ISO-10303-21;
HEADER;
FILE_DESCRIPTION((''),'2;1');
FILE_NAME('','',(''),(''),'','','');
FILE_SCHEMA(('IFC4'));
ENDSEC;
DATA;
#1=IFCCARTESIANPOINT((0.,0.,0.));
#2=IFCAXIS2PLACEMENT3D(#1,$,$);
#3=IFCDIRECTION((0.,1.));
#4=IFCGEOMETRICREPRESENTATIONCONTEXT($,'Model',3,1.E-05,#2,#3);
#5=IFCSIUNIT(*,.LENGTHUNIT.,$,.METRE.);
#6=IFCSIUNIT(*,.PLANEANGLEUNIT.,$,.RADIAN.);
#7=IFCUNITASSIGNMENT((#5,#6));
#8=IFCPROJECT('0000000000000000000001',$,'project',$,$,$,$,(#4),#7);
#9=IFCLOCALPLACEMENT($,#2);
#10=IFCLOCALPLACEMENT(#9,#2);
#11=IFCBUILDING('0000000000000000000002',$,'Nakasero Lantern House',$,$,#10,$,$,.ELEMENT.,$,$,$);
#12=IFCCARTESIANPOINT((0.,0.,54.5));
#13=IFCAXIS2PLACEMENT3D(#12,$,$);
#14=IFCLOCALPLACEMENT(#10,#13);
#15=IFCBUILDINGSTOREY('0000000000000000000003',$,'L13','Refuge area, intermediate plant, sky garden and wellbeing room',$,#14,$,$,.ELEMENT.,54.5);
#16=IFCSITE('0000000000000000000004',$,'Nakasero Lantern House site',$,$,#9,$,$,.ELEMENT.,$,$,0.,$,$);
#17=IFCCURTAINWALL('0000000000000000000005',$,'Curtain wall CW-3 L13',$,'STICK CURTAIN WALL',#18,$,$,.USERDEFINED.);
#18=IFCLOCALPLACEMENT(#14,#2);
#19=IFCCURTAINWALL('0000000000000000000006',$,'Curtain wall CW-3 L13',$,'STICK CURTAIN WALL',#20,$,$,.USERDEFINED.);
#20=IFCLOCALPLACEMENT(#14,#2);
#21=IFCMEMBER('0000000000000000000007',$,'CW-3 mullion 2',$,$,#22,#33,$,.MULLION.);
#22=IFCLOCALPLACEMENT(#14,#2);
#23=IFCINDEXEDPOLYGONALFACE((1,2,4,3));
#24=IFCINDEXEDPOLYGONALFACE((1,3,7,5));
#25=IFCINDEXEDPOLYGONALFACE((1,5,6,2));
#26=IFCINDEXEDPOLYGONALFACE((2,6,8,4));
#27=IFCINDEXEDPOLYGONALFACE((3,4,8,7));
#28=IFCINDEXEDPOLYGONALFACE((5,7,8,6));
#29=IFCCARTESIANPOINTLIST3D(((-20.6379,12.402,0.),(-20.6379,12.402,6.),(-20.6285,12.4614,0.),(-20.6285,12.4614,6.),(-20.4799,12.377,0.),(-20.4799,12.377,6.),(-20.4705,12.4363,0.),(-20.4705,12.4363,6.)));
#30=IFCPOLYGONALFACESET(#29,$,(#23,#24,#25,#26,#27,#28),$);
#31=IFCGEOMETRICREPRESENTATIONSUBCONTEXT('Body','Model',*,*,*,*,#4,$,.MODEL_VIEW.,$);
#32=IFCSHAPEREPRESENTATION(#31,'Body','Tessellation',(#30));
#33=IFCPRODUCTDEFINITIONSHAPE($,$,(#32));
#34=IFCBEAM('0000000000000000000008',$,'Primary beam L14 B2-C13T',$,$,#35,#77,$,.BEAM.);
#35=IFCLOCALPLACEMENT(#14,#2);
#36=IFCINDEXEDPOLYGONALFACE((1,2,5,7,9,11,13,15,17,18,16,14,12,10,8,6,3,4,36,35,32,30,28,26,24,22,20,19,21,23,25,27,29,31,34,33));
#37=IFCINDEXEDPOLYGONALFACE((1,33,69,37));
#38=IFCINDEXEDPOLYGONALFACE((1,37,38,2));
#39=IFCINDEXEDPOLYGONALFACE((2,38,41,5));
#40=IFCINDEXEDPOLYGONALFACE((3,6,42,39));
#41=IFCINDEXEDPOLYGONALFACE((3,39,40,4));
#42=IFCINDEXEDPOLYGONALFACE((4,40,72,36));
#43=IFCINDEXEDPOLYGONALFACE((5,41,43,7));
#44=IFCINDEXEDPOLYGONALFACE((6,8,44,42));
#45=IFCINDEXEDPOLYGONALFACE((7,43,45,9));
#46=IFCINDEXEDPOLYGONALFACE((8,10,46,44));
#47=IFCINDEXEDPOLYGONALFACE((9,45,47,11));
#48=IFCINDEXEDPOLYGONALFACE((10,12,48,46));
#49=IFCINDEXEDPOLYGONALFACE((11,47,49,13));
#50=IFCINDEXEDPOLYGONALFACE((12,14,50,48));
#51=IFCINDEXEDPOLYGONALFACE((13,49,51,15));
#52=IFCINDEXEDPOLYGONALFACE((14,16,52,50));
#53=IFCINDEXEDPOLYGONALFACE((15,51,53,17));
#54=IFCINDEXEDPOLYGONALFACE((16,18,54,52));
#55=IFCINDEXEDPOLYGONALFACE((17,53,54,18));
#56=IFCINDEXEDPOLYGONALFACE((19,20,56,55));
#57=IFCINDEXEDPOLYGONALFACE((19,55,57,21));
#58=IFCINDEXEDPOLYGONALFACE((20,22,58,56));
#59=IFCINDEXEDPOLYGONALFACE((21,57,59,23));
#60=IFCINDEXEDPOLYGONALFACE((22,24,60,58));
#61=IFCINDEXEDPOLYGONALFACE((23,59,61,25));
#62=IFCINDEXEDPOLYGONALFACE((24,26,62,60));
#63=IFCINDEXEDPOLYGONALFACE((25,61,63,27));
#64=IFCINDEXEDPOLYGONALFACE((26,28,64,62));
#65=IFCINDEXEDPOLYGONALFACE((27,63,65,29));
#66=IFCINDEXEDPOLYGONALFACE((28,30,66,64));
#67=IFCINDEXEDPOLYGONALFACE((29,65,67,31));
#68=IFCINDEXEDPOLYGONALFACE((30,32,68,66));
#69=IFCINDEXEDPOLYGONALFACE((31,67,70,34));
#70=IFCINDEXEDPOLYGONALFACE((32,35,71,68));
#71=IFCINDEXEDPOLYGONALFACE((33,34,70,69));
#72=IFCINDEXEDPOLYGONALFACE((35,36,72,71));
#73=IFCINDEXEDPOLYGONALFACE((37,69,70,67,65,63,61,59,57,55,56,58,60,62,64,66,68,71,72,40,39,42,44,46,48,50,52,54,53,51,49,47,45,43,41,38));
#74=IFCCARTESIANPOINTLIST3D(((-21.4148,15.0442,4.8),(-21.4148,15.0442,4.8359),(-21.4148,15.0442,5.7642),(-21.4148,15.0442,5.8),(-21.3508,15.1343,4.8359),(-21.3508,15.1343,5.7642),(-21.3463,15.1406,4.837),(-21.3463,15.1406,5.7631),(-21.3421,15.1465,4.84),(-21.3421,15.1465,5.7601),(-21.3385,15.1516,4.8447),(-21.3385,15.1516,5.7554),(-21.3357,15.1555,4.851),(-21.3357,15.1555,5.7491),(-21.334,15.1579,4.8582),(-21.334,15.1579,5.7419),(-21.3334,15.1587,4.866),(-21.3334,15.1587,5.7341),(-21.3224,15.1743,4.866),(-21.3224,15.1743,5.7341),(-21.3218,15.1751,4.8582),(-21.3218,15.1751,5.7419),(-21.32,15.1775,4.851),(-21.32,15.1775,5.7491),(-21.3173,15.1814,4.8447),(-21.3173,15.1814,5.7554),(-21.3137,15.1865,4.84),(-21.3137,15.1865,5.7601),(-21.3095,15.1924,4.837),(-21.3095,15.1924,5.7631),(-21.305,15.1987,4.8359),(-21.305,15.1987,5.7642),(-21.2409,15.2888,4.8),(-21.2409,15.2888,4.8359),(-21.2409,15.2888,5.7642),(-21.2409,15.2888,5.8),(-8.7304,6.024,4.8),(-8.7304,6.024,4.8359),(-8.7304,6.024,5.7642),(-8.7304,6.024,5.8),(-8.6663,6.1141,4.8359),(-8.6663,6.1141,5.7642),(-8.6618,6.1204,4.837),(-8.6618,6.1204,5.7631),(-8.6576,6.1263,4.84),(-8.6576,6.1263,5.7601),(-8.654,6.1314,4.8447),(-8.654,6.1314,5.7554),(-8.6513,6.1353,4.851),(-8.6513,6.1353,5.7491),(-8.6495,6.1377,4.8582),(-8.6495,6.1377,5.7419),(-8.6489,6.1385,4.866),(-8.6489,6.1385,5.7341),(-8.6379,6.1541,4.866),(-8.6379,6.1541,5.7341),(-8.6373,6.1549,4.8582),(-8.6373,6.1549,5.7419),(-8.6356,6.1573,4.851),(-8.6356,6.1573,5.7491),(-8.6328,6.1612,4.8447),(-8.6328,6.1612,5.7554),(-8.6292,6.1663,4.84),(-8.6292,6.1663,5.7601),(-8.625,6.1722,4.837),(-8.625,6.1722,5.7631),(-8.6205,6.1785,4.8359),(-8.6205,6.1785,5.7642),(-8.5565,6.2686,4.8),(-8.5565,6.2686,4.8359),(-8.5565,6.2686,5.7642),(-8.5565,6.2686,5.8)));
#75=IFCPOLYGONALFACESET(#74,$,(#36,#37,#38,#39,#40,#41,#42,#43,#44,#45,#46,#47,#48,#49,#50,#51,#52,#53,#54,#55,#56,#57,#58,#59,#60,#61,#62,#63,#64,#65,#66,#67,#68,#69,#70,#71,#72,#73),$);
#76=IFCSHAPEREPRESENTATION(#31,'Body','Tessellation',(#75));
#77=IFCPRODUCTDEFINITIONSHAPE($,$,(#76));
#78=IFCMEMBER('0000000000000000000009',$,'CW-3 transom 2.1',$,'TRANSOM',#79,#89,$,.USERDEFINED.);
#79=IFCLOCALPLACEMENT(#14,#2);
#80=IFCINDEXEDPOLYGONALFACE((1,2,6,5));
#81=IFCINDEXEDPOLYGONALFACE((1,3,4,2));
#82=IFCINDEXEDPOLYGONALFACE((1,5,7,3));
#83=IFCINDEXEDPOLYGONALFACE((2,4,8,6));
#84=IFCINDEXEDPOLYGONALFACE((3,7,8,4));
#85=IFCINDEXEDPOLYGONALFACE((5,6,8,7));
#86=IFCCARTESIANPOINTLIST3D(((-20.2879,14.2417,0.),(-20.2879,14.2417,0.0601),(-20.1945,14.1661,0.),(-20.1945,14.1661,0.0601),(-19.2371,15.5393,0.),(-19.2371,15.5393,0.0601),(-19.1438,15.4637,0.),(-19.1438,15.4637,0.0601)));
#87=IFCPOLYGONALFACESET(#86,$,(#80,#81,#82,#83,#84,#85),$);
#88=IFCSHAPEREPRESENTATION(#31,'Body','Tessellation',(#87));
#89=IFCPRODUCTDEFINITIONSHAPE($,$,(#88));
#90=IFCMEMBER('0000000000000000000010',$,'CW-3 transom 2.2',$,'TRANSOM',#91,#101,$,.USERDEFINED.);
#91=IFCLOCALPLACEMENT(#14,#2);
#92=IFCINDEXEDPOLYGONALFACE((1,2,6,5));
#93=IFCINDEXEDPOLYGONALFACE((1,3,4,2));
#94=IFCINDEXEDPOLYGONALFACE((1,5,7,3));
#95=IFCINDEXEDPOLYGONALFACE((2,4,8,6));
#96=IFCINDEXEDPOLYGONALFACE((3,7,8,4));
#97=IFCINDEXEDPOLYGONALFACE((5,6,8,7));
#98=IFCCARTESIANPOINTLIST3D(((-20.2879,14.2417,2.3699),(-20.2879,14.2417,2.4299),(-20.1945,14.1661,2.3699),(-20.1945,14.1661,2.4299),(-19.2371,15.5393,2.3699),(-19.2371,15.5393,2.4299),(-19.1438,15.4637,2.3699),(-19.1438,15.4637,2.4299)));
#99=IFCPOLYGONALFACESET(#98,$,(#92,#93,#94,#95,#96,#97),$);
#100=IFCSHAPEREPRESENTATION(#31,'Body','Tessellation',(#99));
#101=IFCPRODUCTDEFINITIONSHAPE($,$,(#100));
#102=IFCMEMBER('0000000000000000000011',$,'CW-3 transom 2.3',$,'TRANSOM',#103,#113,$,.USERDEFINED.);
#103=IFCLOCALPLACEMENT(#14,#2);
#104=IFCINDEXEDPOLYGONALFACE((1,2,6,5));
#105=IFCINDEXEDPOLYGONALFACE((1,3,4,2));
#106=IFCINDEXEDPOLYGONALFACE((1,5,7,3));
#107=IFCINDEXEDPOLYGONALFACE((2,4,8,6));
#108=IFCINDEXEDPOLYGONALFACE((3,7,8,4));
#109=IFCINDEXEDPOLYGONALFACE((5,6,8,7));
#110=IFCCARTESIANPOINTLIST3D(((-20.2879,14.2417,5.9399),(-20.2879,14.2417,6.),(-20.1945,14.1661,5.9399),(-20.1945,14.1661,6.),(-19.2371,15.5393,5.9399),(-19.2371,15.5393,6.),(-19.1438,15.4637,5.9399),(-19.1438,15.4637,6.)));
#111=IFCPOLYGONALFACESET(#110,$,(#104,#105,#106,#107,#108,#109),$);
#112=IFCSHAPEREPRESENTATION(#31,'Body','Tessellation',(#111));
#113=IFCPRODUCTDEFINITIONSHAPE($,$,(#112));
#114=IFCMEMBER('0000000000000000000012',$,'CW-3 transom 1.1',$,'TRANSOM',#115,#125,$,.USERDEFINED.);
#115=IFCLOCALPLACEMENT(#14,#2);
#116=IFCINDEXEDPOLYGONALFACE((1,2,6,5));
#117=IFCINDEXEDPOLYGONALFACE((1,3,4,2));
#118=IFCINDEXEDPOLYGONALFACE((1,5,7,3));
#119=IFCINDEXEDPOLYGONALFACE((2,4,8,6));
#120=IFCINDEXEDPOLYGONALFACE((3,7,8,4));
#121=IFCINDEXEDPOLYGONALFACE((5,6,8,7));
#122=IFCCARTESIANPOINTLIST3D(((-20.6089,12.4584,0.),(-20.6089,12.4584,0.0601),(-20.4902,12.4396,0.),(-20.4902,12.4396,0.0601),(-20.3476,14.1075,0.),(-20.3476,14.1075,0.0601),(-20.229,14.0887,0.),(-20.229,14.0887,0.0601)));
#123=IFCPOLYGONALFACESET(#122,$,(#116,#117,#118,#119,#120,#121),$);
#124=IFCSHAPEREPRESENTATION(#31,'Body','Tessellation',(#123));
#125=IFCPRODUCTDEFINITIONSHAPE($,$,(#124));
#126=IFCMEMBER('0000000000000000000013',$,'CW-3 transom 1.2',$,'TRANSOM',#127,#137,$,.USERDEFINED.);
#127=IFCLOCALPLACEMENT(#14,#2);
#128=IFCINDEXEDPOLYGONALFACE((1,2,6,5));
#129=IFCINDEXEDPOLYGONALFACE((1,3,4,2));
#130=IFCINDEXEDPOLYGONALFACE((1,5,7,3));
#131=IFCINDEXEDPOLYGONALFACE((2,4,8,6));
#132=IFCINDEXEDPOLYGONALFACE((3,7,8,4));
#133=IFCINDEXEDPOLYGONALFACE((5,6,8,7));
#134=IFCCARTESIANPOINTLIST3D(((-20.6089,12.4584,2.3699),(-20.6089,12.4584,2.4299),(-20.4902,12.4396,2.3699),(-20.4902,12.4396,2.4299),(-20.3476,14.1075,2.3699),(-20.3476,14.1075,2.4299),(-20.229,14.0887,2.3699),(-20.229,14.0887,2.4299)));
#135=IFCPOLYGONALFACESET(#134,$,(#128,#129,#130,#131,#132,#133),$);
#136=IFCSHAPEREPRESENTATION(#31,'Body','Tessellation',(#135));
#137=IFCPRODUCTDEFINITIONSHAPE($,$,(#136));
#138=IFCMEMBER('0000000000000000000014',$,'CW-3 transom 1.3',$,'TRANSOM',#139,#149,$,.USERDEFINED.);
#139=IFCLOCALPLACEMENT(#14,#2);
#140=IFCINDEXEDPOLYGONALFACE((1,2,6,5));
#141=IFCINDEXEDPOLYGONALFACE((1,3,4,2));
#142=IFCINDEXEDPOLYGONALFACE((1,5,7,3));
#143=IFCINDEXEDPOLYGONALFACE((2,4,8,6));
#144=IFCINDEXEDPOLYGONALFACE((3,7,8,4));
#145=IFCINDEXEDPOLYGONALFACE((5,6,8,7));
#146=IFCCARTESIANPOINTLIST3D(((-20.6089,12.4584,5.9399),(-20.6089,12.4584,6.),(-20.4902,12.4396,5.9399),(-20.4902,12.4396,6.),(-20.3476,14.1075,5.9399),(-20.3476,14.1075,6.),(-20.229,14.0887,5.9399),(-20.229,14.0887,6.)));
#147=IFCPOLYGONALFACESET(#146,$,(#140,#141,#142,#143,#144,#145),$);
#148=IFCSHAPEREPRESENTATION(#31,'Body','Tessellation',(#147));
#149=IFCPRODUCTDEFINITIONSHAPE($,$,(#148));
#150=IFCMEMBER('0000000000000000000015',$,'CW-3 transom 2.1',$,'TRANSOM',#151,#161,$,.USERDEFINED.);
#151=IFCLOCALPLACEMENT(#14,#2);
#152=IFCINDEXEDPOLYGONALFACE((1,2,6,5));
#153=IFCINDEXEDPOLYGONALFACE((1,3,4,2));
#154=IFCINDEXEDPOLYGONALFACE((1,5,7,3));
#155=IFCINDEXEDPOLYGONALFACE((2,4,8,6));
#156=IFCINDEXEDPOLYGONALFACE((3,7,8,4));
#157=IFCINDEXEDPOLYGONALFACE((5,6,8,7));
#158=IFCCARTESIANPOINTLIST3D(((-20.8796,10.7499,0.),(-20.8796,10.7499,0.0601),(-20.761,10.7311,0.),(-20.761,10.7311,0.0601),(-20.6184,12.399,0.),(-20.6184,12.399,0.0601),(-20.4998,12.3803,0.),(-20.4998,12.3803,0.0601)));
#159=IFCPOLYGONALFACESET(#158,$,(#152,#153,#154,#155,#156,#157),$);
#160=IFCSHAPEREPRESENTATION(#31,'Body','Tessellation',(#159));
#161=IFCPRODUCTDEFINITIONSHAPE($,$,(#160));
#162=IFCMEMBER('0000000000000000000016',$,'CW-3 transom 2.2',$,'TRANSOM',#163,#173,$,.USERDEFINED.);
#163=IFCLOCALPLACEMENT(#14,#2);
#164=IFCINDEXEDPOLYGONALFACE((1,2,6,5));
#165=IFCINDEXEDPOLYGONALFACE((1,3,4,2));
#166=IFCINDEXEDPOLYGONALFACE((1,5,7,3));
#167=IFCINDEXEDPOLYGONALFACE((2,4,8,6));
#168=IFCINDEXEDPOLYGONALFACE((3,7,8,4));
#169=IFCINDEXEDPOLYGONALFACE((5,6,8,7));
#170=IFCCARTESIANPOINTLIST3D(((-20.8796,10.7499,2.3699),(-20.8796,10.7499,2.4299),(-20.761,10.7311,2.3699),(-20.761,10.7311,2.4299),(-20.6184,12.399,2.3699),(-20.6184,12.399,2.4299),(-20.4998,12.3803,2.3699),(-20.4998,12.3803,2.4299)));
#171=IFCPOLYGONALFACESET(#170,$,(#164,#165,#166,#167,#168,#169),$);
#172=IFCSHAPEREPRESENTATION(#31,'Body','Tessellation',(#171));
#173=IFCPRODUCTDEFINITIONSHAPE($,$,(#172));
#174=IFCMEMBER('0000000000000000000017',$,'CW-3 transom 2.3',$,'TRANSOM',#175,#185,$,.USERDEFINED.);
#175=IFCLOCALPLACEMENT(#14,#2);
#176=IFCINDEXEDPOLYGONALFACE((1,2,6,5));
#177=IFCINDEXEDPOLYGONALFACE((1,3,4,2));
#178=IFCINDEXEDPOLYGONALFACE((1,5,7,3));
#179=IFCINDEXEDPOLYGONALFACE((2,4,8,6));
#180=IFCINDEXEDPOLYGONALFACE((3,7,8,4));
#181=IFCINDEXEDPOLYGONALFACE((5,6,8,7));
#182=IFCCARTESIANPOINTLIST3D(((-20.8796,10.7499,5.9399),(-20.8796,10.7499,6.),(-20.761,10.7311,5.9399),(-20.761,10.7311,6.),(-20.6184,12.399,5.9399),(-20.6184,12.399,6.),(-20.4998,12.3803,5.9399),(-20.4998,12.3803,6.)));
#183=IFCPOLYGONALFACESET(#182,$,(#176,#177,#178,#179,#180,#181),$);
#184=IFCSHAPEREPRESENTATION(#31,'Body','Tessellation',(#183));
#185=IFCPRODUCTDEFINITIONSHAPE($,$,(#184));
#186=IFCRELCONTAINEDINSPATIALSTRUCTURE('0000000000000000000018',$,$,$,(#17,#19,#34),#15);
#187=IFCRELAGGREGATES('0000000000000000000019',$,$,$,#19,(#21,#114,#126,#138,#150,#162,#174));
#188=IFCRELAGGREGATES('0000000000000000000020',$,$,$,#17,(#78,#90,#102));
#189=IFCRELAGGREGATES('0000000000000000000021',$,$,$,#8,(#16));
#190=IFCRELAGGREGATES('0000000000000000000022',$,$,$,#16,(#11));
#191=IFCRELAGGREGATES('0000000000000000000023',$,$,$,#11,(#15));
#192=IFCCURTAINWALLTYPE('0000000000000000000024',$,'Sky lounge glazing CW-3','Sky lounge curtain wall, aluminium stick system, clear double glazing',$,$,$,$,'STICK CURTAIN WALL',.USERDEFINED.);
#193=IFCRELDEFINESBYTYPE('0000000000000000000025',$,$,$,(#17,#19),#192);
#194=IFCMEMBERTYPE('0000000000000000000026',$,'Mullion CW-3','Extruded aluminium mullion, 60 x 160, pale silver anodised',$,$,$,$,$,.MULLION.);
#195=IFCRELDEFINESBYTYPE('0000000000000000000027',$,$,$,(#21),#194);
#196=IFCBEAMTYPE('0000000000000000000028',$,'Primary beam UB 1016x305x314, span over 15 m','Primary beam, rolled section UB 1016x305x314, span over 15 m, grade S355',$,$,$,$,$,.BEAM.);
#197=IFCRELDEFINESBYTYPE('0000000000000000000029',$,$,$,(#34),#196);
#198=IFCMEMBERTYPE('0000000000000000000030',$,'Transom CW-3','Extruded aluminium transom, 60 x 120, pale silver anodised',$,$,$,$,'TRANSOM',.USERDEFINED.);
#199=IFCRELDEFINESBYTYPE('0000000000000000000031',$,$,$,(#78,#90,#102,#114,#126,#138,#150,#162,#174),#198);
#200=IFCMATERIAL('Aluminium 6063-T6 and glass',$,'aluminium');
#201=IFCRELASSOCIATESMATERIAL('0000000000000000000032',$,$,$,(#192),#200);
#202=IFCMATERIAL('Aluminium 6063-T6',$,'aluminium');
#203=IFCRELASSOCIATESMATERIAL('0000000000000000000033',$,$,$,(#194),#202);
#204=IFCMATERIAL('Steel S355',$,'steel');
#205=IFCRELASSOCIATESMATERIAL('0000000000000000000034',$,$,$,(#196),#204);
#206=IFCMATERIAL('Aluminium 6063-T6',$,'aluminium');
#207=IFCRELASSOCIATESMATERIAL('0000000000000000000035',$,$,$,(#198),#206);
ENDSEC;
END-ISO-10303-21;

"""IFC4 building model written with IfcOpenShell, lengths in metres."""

from ifc_helpers import new_model, si_unit, direction, frame, origin, origin_2d, place, context, subcontext, project, spatial, rectangle, i_section, extrude, material, material_profile, profile_set, type_object, element, aggregate, save


model = new_model("IFC4")

# Units and contexts
model_context = context("Model", 3, precision=1e-05, world=origin(), true_north=direction((0.0, 1.0)))
body_context = subcontext(model_context, "Body", "Model", "MODEL_VIEW")
ifc_project = project(units=[si_unit("LENGTHUNIT", "METRE"), si_unit("PLANEANGLEUNIT", "RADIAN")], contexts=[model_context])

# Site, building, storey
site_placement = place(None, origin())
site = spatial("IfcSite", under=ifc_project, at=site_placement, Name="Nakasero Lantern House site", CompositionType="ELEMENT", RefElevation=0.0)
building_placement = place(site_placement, origin())
building = spatial("IfcBuilding", under=site, at=building_placement, Name="Nakasero Lantern House", CompositionType="ELEMENT")
storey_placement = place(building_placement, frame((0.0, 0.0, 54.5)))
storey = spatial("IfcBuildingStorey", under=building, at=storey_placement, Name="L13", Description="Refuge area, intermediate plant, sky garden and wellbeing room", CompositionType="ELEMENT", Elevation=54.5)

# Curtain walls, member
ifc_material_1 = material(Name="Aluminium 6063-T6 and glass", Category="aluminium")
curtain_wall_type = type_object("IfcCurtainWallType", Name="Sky lounge glazing CW-3", Description="Sky lounge curtain wall, aluminium stick system, clear double glazing", ElementType="STICK CURTAIN WALL", PredefinedType="USERDEFINED", material=ifc_material_1)
curtain_wall_1_placement = place(storey_placement, origin())
curtain_wall_1 = element("IfcCurtainWall", 1, at=curtain_wall_1_placement, inside=storey, type_object=curtain_wall_type, Name="Curtain wall CW-3 L13", ObjectType="STICK CURTAIN WALL", PredefinedType="USERDEFINED")
ifc_material_2 = material(Name="Aluminium 6063-T6", Category="aluminium")
ifc_material_profile_1 = material_profile(ifc_material_2, rectangle(XDim=0.0601, YDim=0.1599, at=origin_2d()), Name="CW-3 mullion 60x160")
ifc_profile_set_1 = profile_set([ifc_material_profile_1], Name="Aluminium 6063-T6")
member_type_1 = type_object("IfcMemberType", Name="Mullion CW-3", Description="Extruded aluminium mullion, 60 x 160, pale silver anodised", PredefinedType="MULLION", material=ifc_profile_set_1)
curtain_wall_2_placement = place(storey_placement, origin())
curtain_wall_2 = element("IfcCurtainWall", 2, at=curtain_wall_2_placement, inside=storey, type_object=curtain_wall_type, Name="Curtain wall CW-3 L13", ObjectType="STICK CURTAIN WALL", PredefinedType="USERDEFINED")
member_1_placement = place(storey_placement, frame((-20.5542, 12.4192, 0.0), z_axis=(0.0, 0.0, 1.0), x_axis=(-0.156434, -0.987688, 0.0)))
member_1 = element("IfcMember", 3, at=member_1_placement, type_object=member_type_1, Name="CW-3 mullion 2", PredefinedType="MULLION", context=body_context, shape_type="SweptSolid", body=[
    extrude(rectangle(XDim=0.0601, YDim=0.1599, at=origin_2d()), origin(), (0.0, 0.0, 1.0), 6.0),
])

# Beam
ifc_material_3 = material(Name="Steel S355", Category="steel")
ifc_material_profile_2 = material_profile(ifc_material_3, i_section(OverallWidth=0.3, OverallDepth=1.0, WebThickness=0.019, FlangeThickness=0.0359, FilletRadius=0.03, at=origin_2d()), Name="UB 1016x305x314")
ifc_profile_set_2 = profile_set([ifc_material_profile_2], Name="Steel S355")
beam_type_1 = type_object("IfcBeamType", Name="Primary beam UB 1016x305x314, span over 15 m", Description="Primary beam, rolled section UB 1016x305x314, span over 15 m, grade S355", PredefinedType="BEAM", material=ifc_profile_set_2)
beam_1_placement = place(storey_placement, frame((-21.3279, 15.1665, 5.3), z_axis=(0.814952, -0.579529, 0.0), x_axis=(0.579529, 0.814952, 0.0)))
element("IfcBeam", 4, at=beam_1_placement, inside=storey, type_object=beam_type_1, Name="Primary beam L14 B2-C13T", PredefinedType="BEAM", context=body_context, shape_type="SweptSolid", body=[
    extrude(i_section(OverallWidth=0.3, OverallDepth=1.0, WebThickness=0.019, FlangeThickness=0.0359, FilletRadius=0.03, at=origin_2d()), origin(), (0.0, 0.0, 1.0), 15.5647),
])

# Members
ifc_material_4 = material(Name="Aluminium 6063-T6", Category="aluminium")
ifc_material_profile_3 = material_profile(ifc_material_4, rectangle(XDim=0.0601, YDim=0.1201, at=origin_2d()), Name="CW-3 transom 60x120")
ifc_profile_set_3 = profile_set([ifc_material_profile_3], Name="Aluminium 6063-T6")
member_type_2 = type_object("IfcMemberType", Name="Transom CW-3", Description="Extruded aluminium transom, 60 x 120, pale silver anodised", ElementType="TRANSOM", PredefinedType="USERDEFINED", material=ifc_profile_set_3)
member_2_placement = place(storey_placement, frame((-19.1904, 15.5015, 0.03), z_axis=(-0.62932, -0.777146, 0.0), x_axis=(0.0, 0.0, 1.0)))
member_2 = element("IfcMember", 5, at=member_2_placement, type_object=member_type_2, Name="CW-3 transom 2.1", ObjectType="TRANSOM", PredefinedType="USERDEFINED", context=body_context, shape_type="SweptSolid", body=[
    extrude(rectangle(XDim=0.0601, YDim=0.1201, at=origin_2d()), origin(), (0.0, 0.0, 1.0), 1.6697),
])
member_3_placement = place(storey_placement, frame((-19.1904, 15.5015, 2.3999), z_axis=(-0.62932, -0.777146, 0.0), x_axis=(0.0, 0.0, 1.0)))
member_3 = element("IfcMember", 6, at=member_3_placement, type_object=member_type_2, Name="CW-3 transom 2.2", ObjectType="TRANSOM", PredefinedType="USERDEFINED", context=body_context, shape_type="SweptSolid", body=[
    extrude(rectangle(XDim=0.0601, YDim=0.1201, at=origin_2d()), origin(), (0.0, 0.0, 1.0), 1.6697),
])
member_4_placement = place(storey_placement, frame((-19.1904, 15.5015, 5.97), z_axis=(-0.62932, -0.777146, 0.0), x_axis=(0.0, 0.0, 1.0)))
member_4 = element("IfcMember", 7, at=member_4_placement, type_object=member_type_2, Name="CW-3 transom 2.3", ObjectType="TRANSOM", PredefinedType="USERDEFINED", context=body_context, shape_type="SweptSolid", body=[
    extrude(rectangle(XDim=0.0601, YDim=0.1201, at=origin_2d()), origin(), (0.0, 0.0, 1.0), 1.6697),
])
member_5_placement = place(storey_placement, frame((-20.2883, 14.0981, 0.03), z_axis=(-0.156451, -0.987686, 0.0), x_axis=(0.0, 0.0, 1.0)))
member_5 = element("IfcMember", 8, at=member_5_placement, type_object=member_type_2, Name="CW-3 transom 1.1", ObjectType="TRANSOM", PredefinedType="USERDEFINED", context=body_context, shape_type="SweptSolid", body=[
    extrude(rectangle(XDim=0.0601, YDim=0.1201, at=origin_2d()), origin(), (0.0, 0.0, 1.0), 1.6697),
])
member_6_placement = place(storey_placement, frame((-20.2883, 14.0981, 2.3999), z_axis=(-0.156451, -0.987686, 0.0), x_axis=(0.0, 0.0, 1.0)))
member_6 = element("IfcMember", 9, at=member_6_placement, type_object=member_type_2, Name="CW-3 transom 1.2", ObjectType="TRANSOM", PredefinedType="USERDEFINED", context=body_context, shape_type="SweptSolid", body=[
    extrude(rectangle(XDim=0.0601, YDim=0.1201, at=origin_2d()), origin(), (0.0, 0.0, 1.0), 1.6697),
])
member_7_placement = place(storey_placement, frame((-20.2883, 14.0981, 5.97), z_axis=(-0.156451, -0.987686, 0.0), x_axis=(0.0, 0.0, 1.0)))
member_7 = element("IfcMember", 10, at=member_7_placement, type_object=member_type_2, Name="CW-3 transom 1.3", ObjectType="TRANSOM", PredefinedType="USERDEFINED", context=body_context, shape_type="SweptSolid", body=[
    extrude(rectangle(XDim=0.0601, YDim=0.1201, at=origin_2d()), origin(), (0.0, 0.0, 1.0), 1.6697),
])
member_8_placement = place(storey_placement, frame((-20.5591, 12.3896, 0.03), z_axis=(-0.156451, -0.987686, 0.0), x_axis=(0.0, 0.0, 1.0)))
member_8 = element("IfcMember", 11, at=member_8_placement, type_object=member_type_2, Name="CW-3 transom 2.1", ObjectType="TRANSOM", PredefinedType="USERDEFINED", context=body_context, shape_type="SweptSolid", body=[
    extrude(rectangle(XDim=0.0601, YDim=0.1201, at=origin_2d()), origin(), (0.0, 0.0, 1.0), 1.6697),
])
member_9_placement = place(storey_placement, frame((-20.5591, 12.3896, 2.3999), z_axis=(-0.156451, -0.987686, 0.0), x_axis=(0.0, 0.0, 1.0)))
member_9 = element("IfcMember", 12, at=member_9_placement, type_object=member_type_2, Name="CW-3 transom 2.2", ObjectType="TRANSOM", PredefinedType="USERDEFINED", context=body_context, shape_type="SweptSolid", body=[
    extrude(rectangle(XDim=0.0601, YDim=0.1201, at=origin_2d()), origin(), (0.0, 0.0, 1.0), 1.6697),
])
member_10_placement = place(storey_placement, frame((-20.5591, 12.3896, 5.97), z_axis=(-0.156451, -0.987686, 0.0), x_axis=(0.0, 0.0, 1.0)))
member_10 = element("IfcMember", 13, at=member_10_placement, type_object=member_type_2, Name="CW-3 transom 2.3", ObjectType="TRANSOM", PredefinedType="USERDEFINED", context=body_context, shape_type="SweptSolid", body=[
    extrude(rectangle(XDim=0.0601, YDim=0.1201, at=origin_2d()), origin(), (0.0, 0.0, 1.0), 1.6697),
])

aggregate(curtain_wall_2, [member_1, member_5, member_6, member_7, member_8, member_9, member_10])
aggregate(curtain_wall_1, [member_2, member_3, member_4])

save(model, "model.ifc")
